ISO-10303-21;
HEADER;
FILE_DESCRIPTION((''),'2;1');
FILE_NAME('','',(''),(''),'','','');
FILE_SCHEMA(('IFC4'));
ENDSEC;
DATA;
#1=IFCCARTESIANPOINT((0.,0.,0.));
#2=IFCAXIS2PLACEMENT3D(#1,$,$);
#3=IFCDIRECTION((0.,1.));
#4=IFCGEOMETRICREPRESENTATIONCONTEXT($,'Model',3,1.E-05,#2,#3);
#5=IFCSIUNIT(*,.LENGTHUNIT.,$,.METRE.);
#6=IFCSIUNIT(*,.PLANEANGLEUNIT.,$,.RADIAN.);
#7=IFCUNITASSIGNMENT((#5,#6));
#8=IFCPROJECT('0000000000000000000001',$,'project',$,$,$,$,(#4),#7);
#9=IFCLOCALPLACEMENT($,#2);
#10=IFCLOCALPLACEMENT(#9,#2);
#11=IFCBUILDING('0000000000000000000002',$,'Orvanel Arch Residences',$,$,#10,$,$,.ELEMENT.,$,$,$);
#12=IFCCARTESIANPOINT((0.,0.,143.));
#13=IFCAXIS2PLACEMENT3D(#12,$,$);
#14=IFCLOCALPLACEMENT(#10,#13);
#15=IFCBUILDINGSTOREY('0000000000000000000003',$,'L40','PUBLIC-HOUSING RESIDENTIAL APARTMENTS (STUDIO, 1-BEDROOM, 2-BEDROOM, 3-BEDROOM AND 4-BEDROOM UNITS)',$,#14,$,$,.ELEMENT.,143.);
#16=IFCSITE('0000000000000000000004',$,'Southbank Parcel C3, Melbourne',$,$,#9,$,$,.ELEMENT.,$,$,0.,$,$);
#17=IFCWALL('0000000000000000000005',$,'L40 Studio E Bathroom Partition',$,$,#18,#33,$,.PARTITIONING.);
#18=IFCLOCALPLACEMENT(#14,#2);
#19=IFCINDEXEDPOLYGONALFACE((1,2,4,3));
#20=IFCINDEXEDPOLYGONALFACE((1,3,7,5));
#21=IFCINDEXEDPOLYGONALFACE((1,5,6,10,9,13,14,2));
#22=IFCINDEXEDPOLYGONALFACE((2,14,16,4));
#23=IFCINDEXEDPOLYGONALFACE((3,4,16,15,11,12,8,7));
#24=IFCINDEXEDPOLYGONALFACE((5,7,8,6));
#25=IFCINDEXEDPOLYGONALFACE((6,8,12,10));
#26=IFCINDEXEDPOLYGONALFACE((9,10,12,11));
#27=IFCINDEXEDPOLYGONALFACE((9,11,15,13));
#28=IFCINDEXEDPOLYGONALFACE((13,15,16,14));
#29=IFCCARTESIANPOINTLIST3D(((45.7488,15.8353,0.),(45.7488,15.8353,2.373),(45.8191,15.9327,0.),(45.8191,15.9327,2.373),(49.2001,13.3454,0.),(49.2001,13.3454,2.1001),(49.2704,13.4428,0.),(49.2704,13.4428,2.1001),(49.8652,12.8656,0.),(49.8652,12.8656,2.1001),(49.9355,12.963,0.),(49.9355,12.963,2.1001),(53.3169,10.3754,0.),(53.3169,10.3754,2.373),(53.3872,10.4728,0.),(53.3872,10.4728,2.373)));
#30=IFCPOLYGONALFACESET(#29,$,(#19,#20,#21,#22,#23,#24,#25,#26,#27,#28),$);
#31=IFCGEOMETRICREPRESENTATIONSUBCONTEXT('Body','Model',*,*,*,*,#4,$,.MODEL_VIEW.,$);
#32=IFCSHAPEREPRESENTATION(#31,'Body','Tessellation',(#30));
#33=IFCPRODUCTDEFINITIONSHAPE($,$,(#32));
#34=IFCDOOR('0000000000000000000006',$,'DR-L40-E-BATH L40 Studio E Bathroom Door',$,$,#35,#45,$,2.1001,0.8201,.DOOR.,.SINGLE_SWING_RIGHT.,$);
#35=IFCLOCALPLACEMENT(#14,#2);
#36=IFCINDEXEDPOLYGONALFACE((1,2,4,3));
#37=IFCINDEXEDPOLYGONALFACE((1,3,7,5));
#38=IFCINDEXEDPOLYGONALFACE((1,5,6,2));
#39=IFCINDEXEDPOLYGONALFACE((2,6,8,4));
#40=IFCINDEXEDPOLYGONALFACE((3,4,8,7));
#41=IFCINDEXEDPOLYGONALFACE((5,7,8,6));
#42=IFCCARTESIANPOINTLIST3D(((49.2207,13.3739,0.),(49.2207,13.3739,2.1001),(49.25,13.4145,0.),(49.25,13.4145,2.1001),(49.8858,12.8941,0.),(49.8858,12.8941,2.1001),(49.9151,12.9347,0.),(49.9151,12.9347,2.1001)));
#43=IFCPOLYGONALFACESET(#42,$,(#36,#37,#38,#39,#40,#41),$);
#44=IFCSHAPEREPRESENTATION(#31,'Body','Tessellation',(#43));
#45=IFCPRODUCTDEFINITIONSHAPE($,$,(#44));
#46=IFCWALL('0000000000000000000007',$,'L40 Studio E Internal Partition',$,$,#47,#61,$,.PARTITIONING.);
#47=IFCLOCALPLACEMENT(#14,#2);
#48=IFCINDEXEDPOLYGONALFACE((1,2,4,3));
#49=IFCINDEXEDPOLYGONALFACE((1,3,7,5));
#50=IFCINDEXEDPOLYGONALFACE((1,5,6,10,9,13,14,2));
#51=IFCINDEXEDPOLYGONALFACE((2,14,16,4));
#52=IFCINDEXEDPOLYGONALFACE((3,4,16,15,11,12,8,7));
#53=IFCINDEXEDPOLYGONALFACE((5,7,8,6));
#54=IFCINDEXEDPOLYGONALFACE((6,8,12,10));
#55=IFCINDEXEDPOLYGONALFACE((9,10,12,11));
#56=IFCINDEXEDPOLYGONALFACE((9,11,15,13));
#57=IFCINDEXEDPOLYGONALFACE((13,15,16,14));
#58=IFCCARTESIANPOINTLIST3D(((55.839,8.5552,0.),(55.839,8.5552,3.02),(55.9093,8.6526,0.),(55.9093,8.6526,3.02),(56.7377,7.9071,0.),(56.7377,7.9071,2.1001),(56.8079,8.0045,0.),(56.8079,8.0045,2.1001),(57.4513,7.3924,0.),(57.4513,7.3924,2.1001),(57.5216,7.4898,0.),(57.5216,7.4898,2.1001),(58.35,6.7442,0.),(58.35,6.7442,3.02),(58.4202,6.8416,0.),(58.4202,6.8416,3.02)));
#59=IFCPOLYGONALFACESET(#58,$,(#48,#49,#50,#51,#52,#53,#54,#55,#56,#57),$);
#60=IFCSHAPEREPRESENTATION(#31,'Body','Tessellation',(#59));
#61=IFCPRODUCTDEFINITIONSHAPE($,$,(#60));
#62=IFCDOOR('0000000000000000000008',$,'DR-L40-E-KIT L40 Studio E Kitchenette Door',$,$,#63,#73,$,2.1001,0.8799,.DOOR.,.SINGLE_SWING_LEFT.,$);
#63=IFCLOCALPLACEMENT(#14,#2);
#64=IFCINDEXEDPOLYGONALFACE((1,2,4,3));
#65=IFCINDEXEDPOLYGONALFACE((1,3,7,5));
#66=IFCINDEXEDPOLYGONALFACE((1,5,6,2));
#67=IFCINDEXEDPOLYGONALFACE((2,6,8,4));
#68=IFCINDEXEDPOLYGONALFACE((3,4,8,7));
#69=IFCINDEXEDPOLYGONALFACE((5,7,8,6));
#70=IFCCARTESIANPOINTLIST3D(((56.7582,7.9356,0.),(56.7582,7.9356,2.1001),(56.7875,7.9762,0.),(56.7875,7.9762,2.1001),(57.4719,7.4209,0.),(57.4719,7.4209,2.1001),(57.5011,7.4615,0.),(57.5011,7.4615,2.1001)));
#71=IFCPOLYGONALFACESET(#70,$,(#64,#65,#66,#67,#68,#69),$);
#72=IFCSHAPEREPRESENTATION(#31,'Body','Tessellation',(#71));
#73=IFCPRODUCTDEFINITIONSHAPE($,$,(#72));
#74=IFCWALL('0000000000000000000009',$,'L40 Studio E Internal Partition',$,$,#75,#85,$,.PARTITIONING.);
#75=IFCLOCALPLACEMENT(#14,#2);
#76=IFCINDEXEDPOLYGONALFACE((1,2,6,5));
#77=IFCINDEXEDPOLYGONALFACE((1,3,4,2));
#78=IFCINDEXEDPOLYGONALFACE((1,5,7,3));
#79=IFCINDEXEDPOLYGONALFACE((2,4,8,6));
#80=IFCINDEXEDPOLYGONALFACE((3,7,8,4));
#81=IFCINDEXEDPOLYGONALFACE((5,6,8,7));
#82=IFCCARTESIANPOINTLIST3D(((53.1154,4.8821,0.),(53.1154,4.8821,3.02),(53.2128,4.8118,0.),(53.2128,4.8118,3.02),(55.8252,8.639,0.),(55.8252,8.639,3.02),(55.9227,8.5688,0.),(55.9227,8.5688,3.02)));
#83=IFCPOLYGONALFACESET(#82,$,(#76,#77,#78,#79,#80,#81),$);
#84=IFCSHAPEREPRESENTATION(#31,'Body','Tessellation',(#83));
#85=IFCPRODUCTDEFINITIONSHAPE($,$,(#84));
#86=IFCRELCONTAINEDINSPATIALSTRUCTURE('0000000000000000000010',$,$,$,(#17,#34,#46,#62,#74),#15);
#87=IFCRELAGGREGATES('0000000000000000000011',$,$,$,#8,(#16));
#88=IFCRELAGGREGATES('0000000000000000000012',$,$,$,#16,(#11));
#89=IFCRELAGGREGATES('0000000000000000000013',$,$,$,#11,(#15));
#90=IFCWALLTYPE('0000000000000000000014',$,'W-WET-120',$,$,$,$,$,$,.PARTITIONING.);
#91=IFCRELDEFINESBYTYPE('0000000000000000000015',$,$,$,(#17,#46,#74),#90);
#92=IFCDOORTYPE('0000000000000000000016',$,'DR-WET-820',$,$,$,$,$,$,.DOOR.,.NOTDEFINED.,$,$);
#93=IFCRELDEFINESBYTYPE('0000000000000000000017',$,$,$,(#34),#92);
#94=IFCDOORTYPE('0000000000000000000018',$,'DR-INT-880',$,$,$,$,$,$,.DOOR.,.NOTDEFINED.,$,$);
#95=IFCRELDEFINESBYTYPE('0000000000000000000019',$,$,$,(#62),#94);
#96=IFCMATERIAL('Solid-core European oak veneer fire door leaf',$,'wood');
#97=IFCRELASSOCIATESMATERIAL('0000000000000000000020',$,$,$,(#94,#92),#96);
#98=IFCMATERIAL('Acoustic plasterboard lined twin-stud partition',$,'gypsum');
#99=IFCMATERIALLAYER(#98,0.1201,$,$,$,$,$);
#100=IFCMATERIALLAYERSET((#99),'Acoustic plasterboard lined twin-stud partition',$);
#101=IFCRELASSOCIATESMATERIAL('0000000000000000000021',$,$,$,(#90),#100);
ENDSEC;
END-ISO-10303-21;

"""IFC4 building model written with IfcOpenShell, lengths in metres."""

from ifc_helpers import new_model, si_unit, direction, frame, frame_2d, origin, place, context, subcontext, project, spatial, rectangle, extrude, material, layer, layer_set, type_object, element, fill, save


model = new_model("IFC4")

# Units and contexts
model_context = context("Model", 3, precision=1e-05, world=origin(), true_north=direction((0.0, 1.0)))
body_context = subcontext(model_context, "Body", "Model", "MODEL_VIEW")
ifc_project = project(units=[si_unit("LENGTHUNIT", "METRE"), si_unit("PLANEANGLEUNIT", "RADIAN")], contexts=[model_context])

# Site, building, storey
site_placement = place(None, origin())
site = spatial("IfcSite", under=ifc_project, at=site_placement, Name="Southbank Parcel C3, Melbourne", CompositionType="ELEMENT", RefElevation=0.0)
building_placement = place(site_placement, origin())
building = spatial("IfcBuilding", under=site, at=building_placement, Name="Orvanel Arch Residences", CompositionType="ELEMENT")
storey_placement = place(building_placement, frame((0.0, 0.0, 143.0)))
storey = spatial("IfcBuildingStorey", under=building, at=storey_placement, Name="L40", Description="PUBLIC-HOUSING RESIDENTIAL APARTMENTS (STUDIO, 1-BEDROOM, 2-BEDROOM, 3-BEDROOM AND 4-BEDROOM UNITS)", CompositionType="ELEMENT", Elevation=143.0)

# Walls, openings, doors
ifc_material_1 = material(Name="Acoustic plasterboard lined twin-stud partition", Category="gypsum")
ifc_material_2 = material(Name="Solid-core European oak veneer fire door leaf", Category="wood")
door_type_1 = type_object("IfcDoorType", Name="DR-INT-880", OperationType="NOTDEFINED", PredefinedType="DOOR", material=ifc_material_2)
ifc_layer_1 = layer(ifc_material_1, 0.1201)
ifc_layer_set_1 = layer_set([ifc_layer_1], Name="Acoustic plasterboard lined twin-stud partition")
wall_type_1 = type_object("IfcWallType", Name="W-WET-120", PredefinedType="PARTITIONING", material=ifc_layer_set_1)
wall_1_placement = place(storey_placement, frame((53.3521, 10.4241, 0.0), z_axis=(0.0, 0.0, 1.0), x_axis=(-0.810979, 0.585075, 0.0)))
wall_1 = element("IfcWall", 1, at=wall_1_placement, inside=storey, type_object=wall_type_1, Name="L40 Studio E Bathroom Partition", PredefinedType="PARTITIONING", context=body_context, shape_type="SweptSolid", body=[
    extrude(rectangle(XDim=9.332, YDim=0.1201, at=frame_2d((4.666, 0.0))), origin(), (0.0, 0.0, 1.0), 2.373),
])
opening_1_placement = place(wall_1_placement, frame((4.2561, 0.0, 0.0)))
opening_1 = element("IfcOpeningElement", 2, at=opening_1_placement, cuts=wall_1, PredefinedType="OPENING", context=body_context, shape_type="SweptSolid", body=[
    extrude(rectangle(XDim=0.8201, YDim=2.1001, at=frame_2d((0.4102, 1.05))), frame((0.0, 0.0701, 0.0), z_axis=(0.0, -1.0, 0.0), x_axis=(1.0, 0.0, 0.0)), (0.0, 0.0, 1.0), 0.1401),
])
door_type_2 = type_object("IfcDoorType", Name="DR-WET-820", OperationType="NOTDEFINED", PredefinedType="DOOR", material=ifc_material_2)
door_1_placement = place(opening_1_placement, origin())
door_1 = element("IfcDoor", 3, at=door_1_placement, inside=storey, type_object=door_type_2, Name="DR-L40-E-BATH L40 Studio E Bathroom Door", OperationType="SINGLE_SWING_RIGHT", OverallHeight=2.1001, OverallWidth=0.8201, PredefinedType="DOOR", context=body_context, shape_type="SweptSolid", body=[
    extrude(rectangle(XDim=0.8201, YDim=2.1001, at=frame_2d((0.4102, 1.05))), frame((0.0, 0.0249, 0.0), z_axis=(0.0, -1.0, 0.0), x_axis=(1.0, 0.0, 0.0)), (0.0, 0.0, 1.0), 0.05),
])
fill(opening_1, door_1)
wall_2_placement = place(storey_placement, frame((58.385, 6.793, 0.0), z_axis=(0.0, 0.0, 1.0), x_axis=(-0.811055, 0.584969, 0.0)))
wall_2 = element("IfcWall", 4, at=wall_2_placement, inside=storey, type_object=wall_type_1, Name="L40 Studio E Internal Partition", PredefinedType="PARTITIONING", context=body_context, shape_type="SweptSolid", body=[
    extrude(rectangle(XDim=3.0959, YDim=0.1201, at=frame_2d((1.5479, 0.0))), origin(), (0.0, 0.0, 1.0), 3.02),
])
opening_2_placement = place(wall_2_placement, frame((1.1079, 0.0, 0.0)))
opening_2 = element("IfcOpeningElement", 5, at=opening_2_placement, cuts=wall_2, PredefinedType="OPENING", context=body_context, shape_type="SweptSolid", body=[
    extrude(rectangle(XDim=0.8799, YDim=2.1001, at=frame_2d((0.4399, 1.05))), frame((0.0, 0.0701, 0.0), z_axis=(0.0, -1.0, 0.0), x_axis=(1.0, 0.0, 0.0)), (0.0, 0.0, 1.0), 0.1401),
])
door_2_placement = place(opening_2_placement, origin())
door_2 = element("IfcDoor", 6, at=door_2_placement, inside=storey, type_object=door_type_1, Name="DR-L40-E-KIT L40 Studio E Kitchenette Door", OperationType="SINGLE_SWING_LEFT", OverallHeight=2.1001, OverallWidth=0.8799, PredefinedType="DOOR", context=body_context, shape_type="SweptSolid", body=[
    extrude(rectangle(XDim=0.8799, YDim=2.1001, at=frame_2d((0.4399, 1.05))), frame((0.0, 0.0249, 0.0), z_axis=(0.0, -1.0, 0.0), x_axis=(1.0, 0.0, 0.0)), (0.0, 0.0, 1.0), 0.05),
])
fill(opening_2, door_2)

# Wall
wall_3_placement = place(storey_placement, frame((53.1641, 4.8469, 0.0), z_axis=(0.0, 0.0, 1.0), x_axis=(0.584996, 0.811036, 0.0)))
element("IfcWall", 7, at=wall_3_placement, inside=storey, type_object=wall_type_1, Name="L40 Studio E Internal Partition", PredefinedType="PARTITIONING", context=body_context, shape_type="SweptSolid", body=[
    extrude(rectangle(XDim=4.6323, YDim=0.1201, at=frame_2d((2.3162, 0.0))), origin(), (0.0, 0.0, 1.0), 3.02),
])

save(model, "model.ifc")
